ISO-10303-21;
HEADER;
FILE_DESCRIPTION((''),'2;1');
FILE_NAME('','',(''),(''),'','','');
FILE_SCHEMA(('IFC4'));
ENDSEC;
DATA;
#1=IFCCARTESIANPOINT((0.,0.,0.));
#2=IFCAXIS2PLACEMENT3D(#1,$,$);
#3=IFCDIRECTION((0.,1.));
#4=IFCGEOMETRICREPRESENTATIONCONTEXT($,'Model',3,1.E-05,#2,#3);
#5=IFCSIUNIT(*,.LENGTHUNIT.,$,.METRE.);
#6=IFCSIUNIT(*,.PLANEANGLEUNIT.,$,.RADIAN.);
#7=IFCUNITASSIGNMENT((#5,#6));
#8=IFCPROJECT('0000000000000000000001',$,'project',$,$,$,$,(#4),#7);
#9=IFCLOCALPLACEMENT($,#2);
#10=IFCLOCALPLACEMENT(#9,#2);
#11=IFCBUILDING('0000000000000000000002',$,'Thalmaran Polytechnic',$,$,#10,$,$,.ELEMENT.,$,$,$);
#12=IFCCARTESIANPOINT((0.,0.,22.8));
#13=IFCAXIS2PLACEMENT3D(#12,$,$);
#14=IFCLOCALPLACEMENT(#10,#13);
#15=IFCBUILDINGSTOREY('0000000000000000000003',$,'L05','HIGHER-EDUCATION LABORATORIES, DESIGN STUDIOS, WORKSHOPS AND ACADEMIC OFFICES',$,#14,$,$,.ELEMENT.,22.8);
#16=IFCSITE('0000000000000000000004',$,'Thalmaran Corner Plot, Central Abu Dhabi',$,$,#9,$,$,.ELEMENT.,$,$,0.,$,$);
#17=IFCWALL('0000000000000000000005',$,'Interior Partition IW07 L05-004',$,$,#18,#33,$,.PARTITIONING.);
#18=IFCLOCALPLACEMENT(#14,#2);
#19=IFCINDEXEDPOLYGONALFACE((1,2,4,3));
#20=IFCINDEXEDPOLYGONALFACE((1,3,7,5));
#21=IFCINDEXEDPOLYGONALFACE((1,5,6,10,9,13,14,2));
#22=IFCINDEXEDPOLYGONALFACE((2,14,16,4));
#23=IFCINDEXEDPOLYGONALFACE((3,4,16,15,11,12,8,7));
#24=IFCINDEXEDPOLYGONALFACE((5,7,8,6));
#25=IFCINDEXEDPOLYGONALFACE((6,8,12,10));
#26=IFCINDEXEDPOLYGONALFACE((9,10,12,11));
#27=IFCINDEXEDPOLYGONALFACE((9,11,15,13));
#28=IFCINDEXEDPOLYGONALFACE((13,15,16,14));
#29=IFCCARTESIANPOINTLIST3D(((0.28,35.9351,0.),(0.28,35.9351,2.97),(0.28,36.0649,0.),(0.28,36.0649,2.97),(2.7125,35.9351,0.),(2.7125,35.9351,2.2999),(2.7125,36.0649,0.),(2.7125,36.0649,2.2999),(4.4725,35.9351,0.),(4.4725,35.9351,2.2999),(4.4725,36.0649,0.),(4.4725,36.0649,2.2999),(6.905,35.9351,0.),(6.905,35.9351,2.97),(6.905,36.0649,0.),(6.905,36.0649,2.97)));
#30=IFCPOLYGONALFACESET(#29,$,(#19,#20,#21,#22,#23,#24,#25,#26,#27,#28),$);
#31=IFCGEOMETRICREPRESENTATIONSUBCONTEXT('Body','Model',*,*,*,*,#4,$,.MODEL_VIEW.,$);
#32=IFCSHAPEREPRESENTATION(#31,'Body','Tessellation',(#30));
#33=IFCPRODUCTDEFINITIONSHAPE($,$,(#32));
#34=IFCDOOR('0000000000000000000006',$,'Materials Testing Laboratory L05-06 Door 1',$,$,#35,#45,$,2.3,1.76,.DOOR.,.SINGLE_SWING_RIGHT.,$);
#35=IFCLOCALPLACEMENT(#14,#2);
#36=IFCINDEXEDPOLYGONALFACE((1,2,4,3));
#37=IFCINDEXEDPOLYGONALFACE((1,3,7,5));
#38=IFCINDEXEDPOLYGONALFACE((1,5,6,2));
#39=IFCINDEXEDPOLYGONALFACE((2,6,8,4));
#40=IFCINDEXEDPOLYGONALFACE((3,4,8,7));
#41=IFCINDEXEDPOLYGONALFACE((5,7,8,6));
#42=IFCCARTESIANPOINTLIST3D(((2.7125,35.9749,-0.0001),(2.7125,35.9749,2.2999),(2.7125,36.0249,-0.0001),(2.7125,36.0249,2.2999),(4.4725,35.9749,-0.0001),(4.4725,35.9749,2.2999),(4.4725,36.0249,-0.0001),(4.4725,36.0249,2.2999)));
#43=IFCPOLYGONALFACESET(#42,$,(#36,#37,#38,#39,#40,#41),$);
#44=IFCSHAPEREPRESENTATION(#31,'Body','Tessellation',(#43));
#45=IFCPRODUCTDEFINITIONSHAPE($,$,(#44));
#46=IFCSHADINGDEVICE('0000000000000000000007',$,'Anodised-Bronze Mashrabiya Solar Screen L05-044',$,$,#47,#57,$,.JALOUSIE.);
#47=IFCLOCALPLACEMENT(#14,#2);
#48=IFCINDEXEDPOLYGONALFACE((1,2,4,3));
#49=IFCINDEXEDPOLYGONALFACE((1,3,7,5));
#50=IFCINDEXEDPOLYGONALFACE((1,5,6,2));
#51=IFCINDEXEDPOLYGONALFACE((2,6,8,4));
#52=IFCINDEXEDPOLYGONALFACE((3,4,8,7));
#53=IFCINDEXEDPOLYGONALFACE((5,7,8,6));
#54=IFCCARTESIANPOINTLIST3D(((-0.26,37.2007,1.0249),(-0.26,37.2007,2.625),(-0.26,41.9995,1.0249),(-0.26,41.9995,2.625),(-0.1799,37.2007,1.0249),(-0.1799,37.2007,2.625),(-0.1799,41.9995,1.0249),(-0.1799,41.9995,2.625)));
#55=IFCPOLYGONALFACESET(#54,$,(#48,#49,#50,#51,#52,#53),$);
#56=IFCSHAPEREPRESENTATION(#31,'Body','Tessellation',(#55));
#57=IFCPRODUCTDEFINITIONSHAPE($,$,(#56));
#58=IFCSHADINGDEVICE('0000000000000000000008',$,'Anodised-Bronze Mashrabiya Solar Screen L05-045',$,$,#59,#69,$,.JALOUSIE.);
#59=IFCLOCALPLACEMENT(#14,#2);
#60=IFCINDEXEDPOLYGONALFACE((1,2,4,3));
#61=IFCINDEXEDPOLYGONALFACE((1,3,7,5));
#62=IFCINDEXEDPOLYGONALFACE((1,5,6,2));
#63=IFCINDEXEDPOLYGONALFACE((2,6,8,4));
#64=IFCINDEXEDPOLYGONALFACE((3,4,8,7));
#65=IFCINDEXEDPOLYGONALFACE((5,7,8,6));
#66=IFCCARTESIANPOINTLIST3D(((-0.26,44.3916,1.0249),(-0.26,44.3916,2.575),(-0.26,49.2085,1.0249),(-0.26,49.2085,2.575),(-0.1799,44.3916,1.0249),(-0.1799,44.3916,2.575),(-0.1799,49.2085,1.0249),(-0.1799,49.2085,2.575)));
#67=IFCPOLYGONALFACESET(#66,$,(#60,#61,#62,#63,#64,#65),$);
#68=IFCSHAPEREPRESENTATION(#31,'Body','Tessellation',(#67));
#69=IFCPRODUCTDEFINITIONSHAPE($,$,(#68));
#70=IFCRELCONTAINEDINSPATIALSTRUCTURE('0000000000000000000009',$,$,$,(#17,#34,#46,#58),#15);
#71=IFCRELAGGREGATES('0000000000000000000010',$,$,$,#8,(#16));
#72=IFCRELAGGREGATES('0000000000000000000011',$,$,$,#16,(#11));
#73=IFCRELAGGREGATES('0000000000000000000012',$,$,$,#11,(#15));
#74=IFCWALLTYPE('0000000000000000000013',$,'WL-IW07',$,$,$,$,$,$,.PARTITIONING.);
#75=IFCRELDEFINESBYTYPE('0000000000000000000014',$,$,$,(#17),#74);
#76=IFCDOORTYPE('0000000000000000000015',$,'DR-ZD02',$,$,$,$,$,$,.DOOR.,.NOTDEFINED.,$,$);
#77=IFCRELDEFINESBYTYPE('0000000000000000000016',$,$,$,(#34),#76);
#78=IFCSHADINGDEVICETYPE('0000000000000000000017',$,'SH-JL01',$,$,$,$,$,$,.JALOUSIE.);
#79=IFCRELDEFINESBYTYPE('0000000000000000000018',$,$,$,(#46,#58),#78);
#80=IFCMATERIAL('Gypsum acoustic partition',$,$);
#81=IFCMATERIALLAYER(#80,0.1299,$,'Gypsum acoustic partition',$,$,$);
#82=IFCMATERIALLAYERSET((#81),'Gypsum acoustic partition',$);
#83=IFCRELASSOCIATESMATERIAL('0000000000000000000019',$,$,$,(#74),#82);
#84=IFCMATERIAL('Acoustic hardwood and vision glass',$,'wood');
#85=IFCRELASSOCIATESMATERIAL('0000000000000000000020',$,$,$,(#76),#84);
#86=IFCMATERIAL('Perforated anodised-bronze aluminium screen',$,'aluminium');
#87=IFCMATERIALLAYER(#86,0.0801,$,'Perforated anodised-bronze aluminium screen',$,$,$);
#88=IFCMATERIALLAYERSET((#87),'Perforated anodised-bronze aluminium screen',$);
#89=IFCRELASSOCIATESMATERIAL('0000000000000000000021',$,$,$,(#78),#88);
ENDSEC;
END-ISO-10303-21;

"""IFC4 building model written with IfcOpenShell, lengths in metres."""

from ifc_helpers import new_model, si_unit, direction, frame, frame_2d, origin, origin_2d, place, context, subcontext, project, spatial, rectangle, extrude, material, layer, layer_set, type_object, element, fill, save


model = new_model("IFC4")

# Units and contexts
model_context = context("Model", 3, precision=1e-05, world=origin(), true_north=direction((0.0, 1.0)))
body_context = subcontext(model_context, "Body", "Model", "MODEL_VIEW")
ifc_project = project(units=[si_unit("LENGTHUNIT", "METRE"), si_unit("PLANEANGLEUNIT", "RADIAN")], contexts=[model_context])

# Site, building, storey
site_placement = place(None, origin())
site = spatial("IfcSite", under=ifc_project, at=site_placement, Name="Thalmaran Corner Plot, Central Abu Dhabi", CompositionType="ELEMENT", RefElevation=0.0)
building_placement = place(site_placement, origin())
building = spatial("IfcBuilding", under=site, at=building_placement, Name="Thalmaran Polytechnic", CompositionType="ELEMENT")
storey_placement = place(building_placement, frame((0.0, 0.0, 22.8)))
storey = spatial("IfcBuildingStorey", under=building, at=storey_placement, Name="L05", Description="HIGHER-EDUCATION LABORATORIES, DESIGN STUDIOS, WORKSHOPS AND ACADEMIC OFFICES", CompositionType="ELEMENT", Elevation=22.8)

# Wall, opening, door
ifc_material_1 = material(Name="Gypsum acoustic partition")
ifc_layer_1 = layer(ifc_material_1, 0.1299, Name="Gypsum acoustic partition")
ifc_layer_set_1 = layer_set([ifc_layer_1], Name="Gypsum acoustic partition")
wall_type_1 = type_object("IfcWallType", Name="WL-IW07", PredefinedType="PARTITIONING", material=ifc_layer_set_1)
wall_1_placement = place(storey_placement, frame((0.28, 36.0, 0.0), z_axis=(0.0, 0.0, 1.0), x_axis=(1.0, 0.0, 0.0)))
wall_1 = element("IfcWall", 1, at=wall_1_placement, inside=storey, type_object=wall_type_1, Name="Interior Partition IW07 L05-004", PredefinedType="PARTITIONING", context=body_context, shape_type="SweptSolid", body=[
    extrude(rectangle(XDim=6.625, YDim=0.1299, at=frame_2d((3.3125, 0.0))), origin(), (0.0, 0.0, 1.0), 2.97),
])
opening_1_placement = place(wall_1_placement, frame((2.4326, 0.0, 0.0)))
opening_1 = element("IfcOpeningElement", 2, at=opening_1_placement, cuts=wall_1, PredefinedType="OPENING", context=body_context, shape_type="SweptSolid", body=[
    extrude(rectangle(XDim=1.76, YDim=2.3, at=frame_2d((0.8799, 1.1499))), frame((0.0, 0.075, 0.0), z_axis=(0.0, -1.0, 0.0), x_axis=(1.0, 0.0, 0.0)), (0.0, 0.0, 1.0), 0.1499),
])
ifc_material_2 = material(Name="Acoustic hardwood and vision glass", Category="wood")
door_type = type_object("IfcDoorType", Name="DR-ZD02", OperationType="NOTDEFINED", PredefinedType="DOOR", material=ifc_material_2)
door_placement = place(opening_1_placement, origin())
door = element("IfcDoor", 3, at=door_placement, inside=storey, type_object=door_type, Name="Materials Testing Laboratory L05-06 Door 1", OperationType="SINGLE_SWING_RIGHT", OverallHeight=2.3, OverallWidth=1.76, PredefinedType="DOOR", context=body_context, shape_type="SweptSolid", body=[
    extrude(rectangle(XDim=1.76, YDim=2.3, at=frame_2d((0.8799, 1.1499))), frame((0.0, 0.0249, 0.0), z_axis=(0.0, -1.0, 0.0), x_axis=(1.0, 0.0, 0.0)), (0.0, 0.0, 1.0), 0.05),
])
fill(opening_1, door)

# Shading devices
ifc_material_3 = material(Name="Perforated anodised-bronze aluminium screen", Category="aluminium")
ifc_layer_2 = layer(ifc_material_3, 0.0801, Name="Perforated anodised-bronze aluminium screen")
ifc_layer_set_2 = layer_set([ifc_layer_2], Name="Perforated anodised-bronze aluminium screen")
shading_device_type = type_object("IfcShadingDeviceType", Name="SH-JL01", PredefinedType="JALOUSIE", material=ifc_layer_set_2)
shading_device_1_placement = place(storey_placement, frame((-0.22, 39.6001, 1.0249), z_axis=(0.0, 0.0, 1.0), x_axis=(0.0, 1.0, 0.0)))
element("IfcShadingDevice", 4, at=shading_device_1_placement, inside=storey, type_object=shading_device_type, Name="Anodised-Bronze Mashrabiya Solar Screen L05-044", PredefinedType="JALOUSIE", context=body_context, shape_type="SweptSolid", body=[
    extrude(rectangle(XDim=4.7988, YDim=0.0801, at=origin_2d()), origin(), (0.0, 0.0, 1.0), 1.6001),
])
shading_device_2_placement = place(storey_placement, frame((-0.22, 46.8, 1.0249), z_axis=(0.0, 0.0, 1.0), x_axis=(0.0, 1.0, 0.0)))
element("IfcShadingDevice", 5, at=shading_device_2_placement, inside=storey, type_object=shading_device_type, Name="Anodised-Bronze Mashrabiya Solar Screen L05-045", PredefinedType="JALOUSIE", context=body_context, shape_type="SweptSolid", body=[
    extrude(rectangle(XDim=4.8169, YDim=0.0801, at=origin_2d()), origin(), (0.0, 0.0, 1.0), 1.55),
])

save(model, "model.ifc")
